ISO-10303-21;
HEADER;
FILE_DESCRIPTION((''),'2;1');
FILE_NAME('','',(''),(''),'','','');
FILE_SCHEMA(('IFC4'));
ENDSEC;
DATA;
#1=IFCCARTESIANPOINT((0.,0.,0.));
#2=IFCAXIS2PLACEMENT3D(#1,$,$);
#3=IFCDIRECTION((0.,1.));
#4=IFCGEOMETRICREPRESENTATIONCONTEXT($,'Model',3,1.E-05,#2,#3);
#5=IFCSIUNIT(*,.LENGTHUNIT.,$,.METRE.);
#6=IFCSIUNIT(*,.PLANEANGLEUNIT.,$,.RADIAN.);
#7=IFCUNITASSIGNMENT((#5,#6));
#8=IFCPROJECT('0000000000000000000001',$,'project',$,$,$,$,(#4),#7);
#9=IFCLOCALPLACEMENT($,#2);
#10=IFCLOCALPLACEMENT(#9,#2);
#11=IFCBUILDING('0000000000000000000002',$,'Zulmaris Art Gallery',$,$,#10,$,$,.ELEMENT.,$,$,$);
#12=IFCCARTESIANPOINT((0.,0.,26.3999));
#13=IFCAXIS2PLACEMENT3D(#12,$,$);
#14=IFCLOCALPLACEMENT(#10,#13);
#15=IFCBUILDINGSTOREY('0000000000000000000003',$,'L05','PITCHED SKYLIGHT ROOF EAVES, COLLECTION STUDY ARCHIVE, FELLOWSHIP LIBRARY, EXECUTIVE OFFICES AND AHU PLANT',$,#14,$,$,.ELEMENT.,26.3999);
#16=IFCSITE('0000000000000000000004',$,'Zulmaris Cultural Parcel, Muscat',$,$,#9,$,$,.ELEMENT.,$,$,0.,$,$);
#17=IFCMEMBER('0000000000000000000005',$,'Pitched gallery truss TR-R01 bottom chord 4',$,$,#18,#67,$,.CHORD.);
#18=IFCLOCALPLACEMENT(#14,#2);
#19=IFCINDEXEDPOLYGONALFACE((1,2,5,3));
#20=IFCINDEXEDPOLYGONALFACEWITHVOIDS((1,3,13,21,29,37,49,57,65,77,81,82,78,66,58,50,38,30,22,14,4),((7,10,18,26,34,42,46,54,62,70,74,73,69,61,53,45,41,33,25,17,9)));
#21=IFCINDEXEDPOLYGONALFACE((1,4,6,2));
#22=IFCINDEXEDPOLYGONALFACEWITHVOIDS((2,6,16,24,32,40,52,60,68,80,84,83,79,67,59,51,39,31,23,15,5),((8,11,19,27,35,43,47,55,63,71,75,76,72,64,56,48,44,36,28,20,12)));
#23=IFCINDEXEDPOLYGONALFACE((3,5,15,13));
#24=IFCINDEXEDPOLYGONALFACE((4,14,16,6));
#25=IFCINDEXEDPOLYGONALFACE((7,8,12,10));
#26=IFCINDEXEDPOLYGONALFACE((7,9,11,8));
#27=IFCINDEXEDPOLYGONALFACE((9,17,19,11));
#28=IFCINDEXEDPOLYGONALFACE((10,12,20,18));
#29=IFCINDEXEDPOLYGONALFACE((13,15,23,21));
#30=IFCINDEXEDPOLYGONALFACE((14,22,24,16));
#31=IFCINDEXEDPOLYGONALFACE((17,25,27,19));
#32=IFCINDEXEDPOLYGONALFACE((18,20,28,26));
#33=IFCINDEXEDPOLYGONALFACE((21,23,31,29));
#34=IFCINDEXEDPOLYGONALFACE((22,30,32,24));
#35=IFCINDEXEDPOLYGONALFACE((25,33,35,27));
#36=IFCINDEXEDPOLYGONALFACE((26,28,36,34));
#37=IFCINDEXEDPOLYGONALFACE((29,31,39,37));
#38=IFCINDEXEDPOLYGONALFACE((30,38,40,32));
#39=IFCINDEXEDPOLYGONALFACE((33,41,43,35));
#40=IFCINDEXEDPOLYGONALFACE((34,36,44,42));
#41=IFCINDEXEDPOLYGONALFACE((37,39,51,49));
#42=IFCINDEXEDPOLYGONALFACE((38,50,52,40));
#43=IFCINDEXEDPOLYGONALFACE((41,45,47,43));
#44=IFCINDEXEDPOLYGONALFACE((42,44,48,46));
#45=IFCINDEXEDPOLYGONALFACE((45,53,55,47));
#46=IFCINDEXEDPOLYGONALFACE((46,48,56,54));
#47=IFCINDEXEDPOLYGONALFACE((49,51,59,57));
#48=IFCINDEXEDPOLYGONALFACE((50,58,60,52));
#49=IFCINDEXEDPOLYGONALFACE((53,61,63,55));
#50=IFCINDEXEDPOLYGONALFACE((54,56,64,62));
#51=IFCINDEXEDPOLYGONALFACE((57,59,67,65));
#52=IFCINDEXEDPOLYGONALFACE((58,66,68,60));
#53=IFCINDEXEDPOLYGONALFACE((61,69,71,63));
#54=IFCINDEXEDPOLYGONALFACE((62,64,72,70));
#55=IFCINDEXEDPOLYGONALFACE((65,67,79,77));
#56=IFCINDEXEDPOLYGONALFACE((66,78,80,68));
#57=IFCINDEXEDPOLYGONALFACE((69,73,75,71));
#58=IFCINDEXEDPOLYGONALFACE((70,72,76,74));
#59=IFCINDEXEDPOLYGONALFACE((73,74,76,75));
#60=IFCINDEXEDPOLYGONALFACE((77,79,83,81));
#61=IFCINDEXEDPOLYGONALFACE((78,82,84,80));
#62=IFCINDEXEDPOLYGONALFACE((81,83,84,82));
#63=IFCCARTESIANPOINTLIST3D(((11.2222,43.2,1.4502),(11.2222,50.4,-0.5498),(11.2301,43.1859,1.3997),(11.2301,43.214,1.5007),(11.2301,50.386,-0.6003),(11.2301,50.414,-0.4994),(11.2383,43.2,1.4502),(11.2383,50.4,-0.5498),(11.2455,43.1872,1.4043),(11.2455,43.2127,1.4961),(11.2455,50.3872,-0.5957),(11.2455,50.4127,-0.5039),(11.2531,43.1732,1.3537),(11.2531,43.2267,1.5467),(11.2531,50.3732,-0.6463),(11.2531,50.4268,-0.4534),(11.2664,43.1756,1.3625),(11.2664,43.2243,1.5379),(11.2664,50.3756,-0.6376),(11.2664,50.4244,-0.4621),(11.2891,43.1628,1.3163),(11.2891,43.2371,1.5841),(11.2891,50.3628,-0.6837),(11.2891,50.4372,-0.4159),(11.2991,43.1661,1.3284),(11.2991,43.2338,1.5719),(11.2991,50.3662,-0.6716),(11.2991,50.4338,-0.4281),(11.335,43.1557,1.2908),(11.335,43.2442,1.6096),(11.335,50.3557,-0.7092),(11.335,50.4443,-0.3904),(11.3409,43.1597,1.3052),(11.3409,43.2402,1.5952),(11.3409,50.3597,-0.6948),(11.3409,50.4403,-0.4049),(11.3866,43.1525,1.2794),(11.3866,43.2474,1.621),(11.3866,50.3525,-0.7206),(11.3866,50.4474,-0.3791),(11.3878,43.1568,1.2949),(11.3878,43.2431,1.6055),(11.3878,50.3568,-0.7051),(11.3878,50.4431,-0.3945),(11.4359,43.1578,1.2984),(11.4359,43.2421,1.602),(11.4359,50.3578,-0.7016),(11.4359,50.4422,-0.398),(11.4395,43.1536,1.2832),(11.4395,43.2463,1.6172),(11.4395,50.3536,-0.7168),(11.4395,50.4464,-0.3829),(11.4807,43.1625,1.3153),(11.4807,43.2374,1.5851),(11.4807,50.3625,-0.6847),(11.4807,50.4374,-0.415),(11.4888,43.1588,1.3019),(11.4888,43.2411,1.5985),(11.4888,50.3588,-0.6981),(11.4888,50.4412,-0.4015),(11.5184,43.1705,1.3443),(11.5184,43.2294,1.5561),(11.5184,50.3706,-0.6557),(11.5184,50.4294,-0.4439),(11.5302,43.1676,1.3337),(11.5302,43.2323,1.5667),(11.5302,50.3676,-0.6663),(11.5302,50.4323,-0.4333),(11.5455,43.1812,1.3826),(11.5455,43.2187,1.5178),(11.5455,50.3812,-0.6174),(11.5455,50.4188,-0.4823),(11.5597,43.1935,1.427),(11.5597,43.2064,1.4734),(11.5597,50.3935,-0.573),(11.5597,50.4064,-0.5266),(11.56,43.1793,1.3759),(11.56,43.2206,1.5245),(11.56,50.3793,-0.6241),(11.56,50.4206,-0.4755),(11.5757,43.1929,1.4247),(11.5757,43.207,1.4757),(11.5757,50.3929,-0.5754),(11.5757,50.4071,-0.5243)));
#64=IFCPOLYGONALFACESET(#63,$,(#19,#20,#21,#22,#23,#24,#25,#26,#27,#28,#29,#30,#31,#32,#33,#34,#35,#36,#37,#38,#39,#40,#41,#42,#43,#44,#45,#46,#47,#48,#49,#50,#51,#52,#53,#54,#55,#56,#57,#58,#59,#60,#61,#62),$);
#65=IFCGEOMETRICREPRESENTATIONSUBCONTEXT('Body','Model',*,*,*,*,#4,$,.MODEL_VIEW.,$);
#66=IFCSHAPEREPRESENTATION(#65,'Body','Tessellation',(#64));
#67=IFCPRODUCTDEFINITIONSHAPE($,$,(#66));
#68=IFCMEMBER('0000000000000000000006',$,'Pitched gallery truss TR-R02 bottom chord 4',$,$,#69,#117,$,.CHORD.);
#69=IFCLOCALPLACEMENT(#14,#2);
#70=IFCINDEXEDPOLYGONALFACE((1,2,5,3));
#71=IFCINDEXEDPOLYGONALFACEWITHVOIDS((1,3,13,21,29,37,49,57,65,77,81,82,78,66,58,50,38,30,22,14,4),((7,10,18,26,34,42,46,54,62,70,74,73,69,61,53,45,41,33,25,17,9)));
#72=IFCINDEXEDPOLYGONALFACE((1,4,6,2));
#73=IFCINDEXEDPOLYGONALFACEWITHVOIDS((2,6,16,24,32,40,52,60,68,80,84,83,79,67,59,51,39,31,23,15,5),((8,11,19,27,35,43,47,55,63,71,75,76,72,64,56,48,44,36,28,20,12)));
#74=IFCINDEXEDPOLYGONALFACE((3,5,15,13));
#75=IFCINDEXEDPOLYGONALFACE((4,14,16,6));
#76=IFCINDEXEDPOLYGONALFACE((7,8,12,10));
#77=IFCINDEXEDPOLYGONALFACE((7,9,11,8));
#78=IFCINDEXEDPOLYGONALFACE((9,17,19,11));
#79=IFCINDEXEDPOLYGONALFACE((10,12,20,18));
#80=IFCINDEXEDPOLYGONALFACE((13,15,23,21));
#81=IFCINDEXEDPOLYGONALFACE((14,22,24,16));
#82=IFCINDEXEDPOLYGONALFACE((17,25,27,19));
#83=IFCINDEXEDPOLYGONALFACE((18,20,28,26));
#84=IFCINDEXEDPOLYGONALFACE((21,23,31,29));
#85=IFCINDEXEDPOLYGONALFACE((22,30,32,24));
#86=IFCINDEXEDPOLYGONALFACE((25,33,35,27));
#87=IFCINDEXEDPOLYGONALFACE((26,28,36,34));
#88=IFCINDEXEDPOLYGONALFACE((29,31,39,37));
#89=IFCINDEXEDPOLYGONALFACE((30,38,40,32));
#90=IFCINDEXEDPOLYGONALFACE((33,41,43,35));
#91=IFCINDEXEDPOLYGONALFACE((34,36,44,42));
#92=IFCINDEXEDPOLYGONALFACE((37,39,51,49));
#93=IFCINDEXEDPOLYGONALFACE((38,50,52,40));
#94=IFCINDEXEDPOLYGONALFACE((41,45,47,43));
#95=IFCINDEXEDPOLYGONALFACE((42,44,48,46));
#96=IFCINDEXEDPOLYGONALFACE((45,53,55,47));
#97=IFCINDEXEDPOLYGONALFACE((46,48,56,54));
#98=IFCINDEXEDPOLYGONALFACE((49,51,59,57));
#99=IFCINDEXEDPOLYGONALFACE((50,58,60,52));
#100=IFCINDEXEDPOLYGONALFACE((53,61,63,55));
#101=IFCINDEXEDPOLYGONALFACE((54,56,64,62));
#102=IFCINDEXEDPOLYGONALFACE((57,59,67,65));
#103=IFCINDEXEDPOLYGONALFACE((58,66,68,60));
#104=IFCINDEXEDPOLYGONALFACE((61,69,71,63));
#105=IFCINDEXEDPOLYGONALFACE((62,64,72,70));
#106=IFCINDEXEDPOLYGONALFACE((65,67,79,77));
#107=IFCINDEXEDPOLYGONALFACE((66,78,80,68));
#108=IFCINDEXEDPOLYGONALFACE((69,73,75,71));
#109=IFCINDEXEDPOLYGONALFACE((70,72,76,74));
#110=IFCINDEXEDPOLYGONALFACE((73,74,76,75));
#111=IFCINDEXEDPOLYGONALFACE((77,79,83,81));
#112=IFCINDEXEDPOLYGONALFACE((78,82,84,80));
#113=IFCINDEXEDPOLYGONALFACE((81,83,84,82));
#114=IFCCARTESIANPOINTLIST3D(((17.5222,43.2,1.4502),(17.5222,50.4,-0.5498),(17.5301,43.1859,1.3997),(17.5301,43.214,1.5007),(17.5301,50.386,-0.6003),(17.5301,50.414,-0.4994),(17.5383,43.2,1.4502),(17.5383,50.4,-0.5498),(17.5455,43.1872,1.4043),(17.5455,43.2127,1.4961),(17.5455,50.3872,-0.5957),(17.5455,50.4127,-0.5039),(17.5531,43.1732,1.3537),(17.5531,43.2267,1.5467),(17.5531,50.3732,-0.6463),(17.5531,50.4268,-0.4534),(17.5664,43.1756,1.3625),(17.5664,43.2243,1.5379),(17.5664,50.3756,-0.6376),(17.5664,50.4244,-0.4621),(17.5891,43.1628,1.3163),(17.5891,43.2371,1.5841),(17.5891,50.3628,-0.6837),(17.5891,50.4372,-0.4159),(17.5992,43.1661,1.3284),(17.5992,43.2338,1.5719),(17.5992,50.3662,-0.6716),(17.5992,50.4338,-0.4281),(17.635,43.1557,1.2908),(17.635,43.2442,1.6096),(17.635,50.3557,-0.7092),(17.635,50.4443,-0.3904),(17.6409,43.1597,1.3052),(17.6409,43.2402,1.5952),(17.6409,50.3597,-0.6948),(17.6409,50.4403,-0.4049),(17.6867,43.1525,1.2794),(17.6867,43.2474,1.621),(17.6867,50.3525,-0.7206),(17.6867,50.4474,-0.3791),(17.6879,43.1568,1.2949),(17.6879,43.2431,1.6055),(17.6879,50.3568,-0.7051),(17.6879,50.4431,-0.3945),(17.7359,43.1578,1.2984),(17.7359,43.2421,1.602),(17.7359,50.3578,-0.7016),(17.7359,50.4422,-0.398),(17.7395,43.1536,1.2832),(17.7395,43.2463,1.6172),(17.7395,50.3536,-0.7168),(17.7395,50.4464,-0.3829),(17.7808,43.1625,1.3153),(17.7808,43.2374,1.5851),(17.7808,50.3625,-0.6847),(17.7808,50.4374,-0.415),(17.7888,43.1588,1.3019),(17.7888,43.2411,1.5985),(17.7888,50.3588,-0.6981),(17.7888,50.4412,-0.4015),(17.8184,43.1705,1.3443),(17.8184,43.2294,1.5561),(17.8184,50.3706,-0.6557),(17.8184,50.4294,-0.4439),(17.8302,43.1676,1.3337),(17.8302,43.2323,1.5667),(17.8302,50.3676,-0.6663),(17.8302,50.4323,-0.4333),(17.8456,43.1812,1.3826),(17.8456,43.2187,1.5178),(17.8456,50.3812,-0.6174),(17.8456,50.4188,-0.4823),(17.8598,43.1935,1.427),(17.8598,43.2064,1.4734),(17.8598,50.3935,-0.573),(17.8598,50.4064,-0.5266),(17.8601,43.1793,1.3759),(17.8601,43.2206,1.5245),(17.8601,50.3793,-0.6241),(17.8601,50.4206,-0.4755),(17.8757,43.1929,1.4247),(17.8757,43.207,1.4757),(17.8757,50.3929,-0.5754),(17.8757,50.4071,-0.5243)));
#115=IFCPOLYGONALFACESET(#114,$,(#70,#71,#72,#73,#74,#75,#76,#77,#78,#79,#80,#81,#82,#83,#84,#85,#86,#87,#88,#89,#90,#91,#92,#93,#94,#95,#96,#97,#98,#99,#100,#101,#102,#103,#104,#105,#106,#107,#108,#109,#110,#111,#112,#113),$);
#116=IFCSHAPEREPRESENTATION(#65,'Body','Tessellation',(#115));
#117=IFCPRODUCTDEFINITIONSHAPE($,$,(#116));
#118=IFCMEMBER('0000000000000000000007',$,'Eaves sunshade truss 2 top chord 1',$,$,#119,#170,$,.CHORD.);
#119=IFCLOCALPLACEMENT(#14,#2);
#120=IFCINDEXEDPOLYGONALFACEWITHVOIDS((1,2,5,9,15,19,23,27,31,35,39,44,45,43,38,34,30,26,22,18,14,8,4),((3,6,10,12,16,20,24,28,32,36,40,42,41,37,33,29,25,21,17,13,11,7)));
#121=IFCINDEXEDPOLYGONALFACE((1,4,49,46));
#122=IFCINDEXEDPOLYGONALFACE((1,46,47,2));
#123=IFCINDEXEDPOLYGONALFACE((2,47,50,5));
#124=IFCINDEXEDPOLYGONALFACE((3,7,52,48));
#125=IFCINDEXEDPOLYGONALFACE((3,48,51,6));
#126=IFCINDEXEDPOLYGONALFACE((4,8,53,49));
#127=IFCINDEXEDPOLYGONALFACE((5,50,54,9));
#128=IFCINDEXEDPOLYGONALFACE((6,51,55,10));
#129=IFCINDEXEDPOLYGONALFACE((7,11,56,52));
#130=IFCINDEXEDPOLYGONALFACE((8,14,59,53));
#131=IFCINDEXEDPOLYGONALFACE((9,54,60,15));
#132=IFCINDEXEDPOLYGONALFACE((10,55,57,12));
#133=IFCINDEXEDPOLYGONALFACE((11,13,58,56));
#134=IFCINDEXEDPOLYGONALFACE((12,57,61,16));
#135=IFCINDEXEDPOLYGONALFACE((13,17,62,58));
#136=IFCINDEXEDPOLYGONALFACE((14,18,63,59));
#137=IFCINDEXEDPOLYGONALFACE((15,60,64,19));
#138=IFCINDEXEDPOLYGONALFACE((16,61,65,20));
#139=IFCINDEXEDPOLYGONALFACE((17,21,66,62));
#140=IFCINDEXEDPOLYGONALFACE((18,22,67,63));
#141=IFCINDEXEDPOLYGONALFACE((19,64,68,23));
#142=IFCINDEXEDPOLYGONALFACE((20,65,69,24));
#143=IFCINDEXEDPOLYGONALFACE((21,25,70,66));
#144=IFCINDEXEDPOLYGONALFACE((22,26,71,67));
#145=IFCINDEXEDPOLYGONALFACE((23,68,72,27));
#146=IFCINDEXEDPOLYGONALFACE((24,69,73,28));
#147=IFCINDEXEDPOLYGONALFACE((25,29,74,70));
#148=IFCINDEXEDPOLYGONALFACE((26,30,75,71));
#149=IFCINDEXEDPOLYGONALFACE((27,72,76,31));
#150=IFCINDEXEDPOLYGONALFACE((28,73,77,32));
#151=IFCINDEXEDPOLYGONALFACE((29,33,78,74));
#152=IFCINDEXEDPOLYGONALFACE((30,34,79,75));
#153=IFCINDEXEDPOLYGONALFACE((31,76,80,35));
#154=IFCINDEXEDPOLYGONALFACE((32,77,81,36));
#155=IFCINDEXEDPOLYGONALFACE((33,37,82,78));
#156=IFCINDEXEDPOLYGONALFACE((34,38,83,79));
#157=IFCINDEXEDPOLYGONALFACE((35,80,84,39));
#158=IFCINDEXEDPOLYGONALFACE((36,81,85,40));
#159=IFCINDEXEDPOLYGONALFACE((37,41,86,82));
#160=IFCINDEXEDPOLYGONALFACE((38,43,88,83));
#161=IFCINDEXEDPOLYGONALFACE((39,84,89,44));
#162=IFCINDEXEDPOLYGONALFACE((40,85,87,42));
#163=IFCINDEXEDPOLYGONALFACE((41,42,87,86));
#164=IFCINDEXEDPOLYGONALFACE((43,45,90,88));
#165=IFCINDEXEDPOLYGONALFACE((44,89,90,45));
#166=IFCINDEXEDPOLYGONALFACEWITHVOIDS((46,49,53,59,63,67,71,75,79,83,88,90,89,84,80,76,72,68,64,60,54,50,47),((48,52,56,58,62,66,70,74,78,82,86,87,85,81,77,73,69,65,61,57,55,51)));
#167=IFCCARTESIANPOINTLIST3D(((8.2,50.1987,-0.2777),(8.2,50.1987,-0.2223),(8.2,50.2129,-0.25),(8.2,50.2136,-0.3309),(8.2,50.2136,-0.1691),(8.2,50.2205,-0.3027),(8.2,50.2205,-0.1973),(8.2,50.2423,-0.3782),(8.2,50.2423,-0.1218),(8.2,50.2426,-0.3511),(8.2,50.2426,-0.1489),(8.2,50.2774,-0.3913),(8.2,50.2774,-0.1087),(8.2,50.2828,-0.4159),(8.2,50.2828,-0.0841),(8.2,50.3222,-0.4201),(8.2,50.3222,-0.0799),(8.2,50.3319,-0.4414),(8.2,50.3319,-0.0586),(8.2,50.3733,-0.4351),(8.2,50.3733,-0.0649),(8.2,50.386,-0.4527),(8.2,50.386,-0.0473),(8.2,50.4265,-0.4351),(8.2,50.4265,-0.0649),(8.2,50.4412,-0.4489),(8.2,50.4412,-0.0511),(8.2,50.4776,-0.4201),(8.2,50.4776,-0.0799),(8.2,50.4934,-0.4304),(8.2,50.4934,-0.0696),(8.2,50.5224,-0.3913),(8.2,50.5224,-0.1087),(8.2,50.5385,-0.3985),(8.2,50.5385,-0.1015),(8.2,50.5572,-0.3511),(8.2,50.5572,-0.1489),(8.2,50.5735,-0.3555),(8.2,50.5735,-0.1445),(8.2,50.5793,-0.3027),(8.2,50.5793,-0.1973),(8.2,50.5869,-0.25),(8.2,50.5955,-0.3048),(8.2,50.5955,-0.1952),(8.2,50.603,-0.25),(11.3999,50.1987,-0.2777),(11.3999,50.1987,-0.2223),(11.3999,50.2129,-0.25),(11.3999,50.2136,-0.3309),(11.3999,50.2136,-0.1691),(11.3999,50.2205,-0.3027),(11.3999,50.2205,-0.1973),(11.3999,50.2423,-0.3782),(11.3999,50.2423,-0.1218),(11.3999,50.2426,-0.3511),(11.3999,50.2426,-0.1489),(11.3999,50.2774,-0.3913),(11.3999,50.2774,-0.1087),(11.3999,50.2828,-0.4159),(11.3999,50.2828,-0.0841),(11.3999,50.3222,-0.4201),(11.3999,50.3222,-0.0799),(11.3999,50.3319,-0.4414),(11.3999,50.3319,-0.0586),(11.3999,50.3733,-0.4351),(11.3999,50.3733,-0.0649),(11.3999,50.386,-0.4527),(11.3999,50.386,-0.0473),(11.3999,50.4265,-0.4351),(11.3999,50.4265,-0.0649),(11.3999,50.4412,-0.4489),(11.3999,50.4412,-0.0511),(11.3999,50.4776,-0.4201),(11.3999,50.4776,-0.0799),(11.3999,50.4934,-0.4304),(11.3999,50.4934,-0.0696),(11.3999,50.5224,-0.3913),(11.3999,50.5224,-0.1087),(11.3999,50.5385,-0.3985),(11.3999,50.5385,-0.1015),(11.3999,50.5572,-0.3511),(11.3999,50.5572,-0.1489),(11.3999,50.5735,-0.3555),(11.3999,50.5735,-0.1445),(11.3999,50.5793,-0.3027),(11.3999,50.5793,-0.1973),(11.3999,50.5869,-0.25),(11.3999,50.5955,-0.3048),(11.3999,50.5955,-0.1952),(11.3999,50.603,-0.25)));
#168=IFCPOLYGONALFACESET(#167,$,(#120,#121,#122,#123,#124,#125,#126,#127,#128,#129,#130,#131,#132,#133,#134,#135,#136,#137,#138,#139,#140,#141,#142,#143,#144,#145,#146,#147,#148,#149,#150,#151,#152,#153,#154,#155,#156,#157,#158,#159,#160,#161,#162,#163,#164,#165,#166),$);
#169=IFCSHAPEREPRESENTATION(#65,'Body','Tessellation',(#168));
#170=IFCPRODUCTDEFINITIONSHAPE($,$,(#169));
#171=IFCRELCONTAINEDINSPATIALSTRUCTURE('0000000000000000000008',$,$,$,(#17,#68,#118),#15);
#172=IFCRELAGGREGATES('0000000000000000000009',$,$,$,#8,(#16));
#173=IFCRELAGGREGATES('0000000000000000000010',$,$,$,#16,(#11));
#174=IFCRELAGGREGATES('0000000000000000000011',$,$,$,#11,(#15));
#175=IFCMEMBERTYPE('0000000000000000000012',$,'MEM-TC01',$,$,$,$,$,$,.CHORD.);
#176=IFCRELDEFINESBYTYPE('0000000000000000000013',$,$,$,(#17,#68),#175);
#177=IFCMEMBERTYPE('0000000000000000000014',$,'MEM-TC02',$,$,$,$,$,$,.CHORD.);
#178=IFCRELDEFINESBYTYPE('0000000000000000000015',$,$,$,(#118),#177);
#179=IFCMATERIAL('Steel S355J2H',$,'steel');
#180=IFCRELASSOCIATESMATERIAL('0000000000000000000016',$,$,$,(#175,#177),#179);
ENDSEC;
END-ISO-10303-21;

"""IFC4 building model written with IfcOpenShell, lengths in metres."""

from ifc_helpers import new_model, si_unit, direction, frame, origin, origin_2d, place, context, subcontext, project, spatial, hollow_circle, extrude, material, material_profile, profile_set, type_object, element, save


model = new_model("IFC4")

# Units and contexts
model_context = context("Model", 3, precision=1e-05, world=origin(), true_north=direction((0.0, 1.0)))
body_context = subcontext(model_context, "Body", "Model", "MODEL_VIEW")
ifc_project = project(units=[si_unit("LENGTHUNIT", "METRE"), si_unit("PLANEANGLEUNIT", "RADIAN")], contexts=[model_context])

# Site, building, storey
site_placement = place(None, origin())
site = spatial("IfcSite", under=ifc_project, at=site_placement, Name="Zulmaris Cultural Parcel, Muscat", CompositionType="ELEMENT", RefElevation=0.0)
building_placement = place(site_placement, origin())
building = spatial("IfcBuilding", under=site, at=building_placement, Name="Zulmaris Art Gallery", CompositionType="ELEMENT")
storey_placement = place(building_placement, frame((0.0, 0.0, 26.3999)))
storey = spatial("IfcBuildingStorey", under=building, at=storey_placement, Name="L05", Description="PITCHED SKYLIGHT ROOF EAVES, COLLECTION STUDY ARCHIVE, FELLOWSHIP LIBRARY, EXECUTIVE OFFICES AND AHU PLANT", CompositionType="ELEMENT", Elevation=26.3999)

# Members
ifc_material_1 = material(Name="Steel S355J2H", Category="steel")
ifc_material_profile_1 = material_profile(ifc_material_1, hollow_circle(Radius=0.1777, WallThickness=0.0161, at=origin_2d()), Name="CHS 355.6x16")
ifc_profile_set_1 = profile_set([ifc_material_profile_1], Name="Steel S355J2H")
member_type_1 = type_object("IfcMemberType", Name="MEM-TC01", PredefinedType="CHORD", material=ifc_profile_set_1)
for number, where, z_axis, x_axis, name in (
    (1, (11.3999, 43.2, 1.4502), (0.0, 0.963517, -0.267646), (-1.0, 0.0, 0.0), "Pitched gallery truss TR-R01 bottom chord 4"),
    (2, (17.7, 43.2, 1.4502), (0.0, 0.963517, -0.267646), (-1.0, 0.0, 0.0), "Pitched gallery truss TR-R02 bottom chord 4"),
):
    element("IfcMember", number, at=place(storey_placement, frame(where, z_axis=z_axis, x_axis=x_axis)), inside=storey, type_object=member_type_1, Name=name, PredefinedType="CHORD", context=body_context, shape_type="SweptSolid", body=[
        extrude(hollow_circle(Radius=0.1777, WallThickness=0.0161, at=origin_2d()), origin(), (0.0, 0.0, 1.0), 7.4727),
    ])
ifc_material_profile_2 = material_profile(ifc_material_1, hollow_circle(Radius=0.2031, WallThickness=0.0161, at=origin_2d()), Name="CHS 406.4x16")
ifc_profile_set_2 = profile_set([ifc_material_profile_2], Name="Steel S355J2H")
member_type_2 = type_object("IfcMemberType", Name="MEM-TC02", PredefinedType="CHORD", material=ifc_profile_set_2)
member_1_placement = place(storey_placement, frame((8.2, 50.3999, -0.25), z_axis=(1.0, 0.0, 0.0), x_axis=(0.0, 1.0, 0.0)))
element("IfcMember", 3, at=member_1_placement, inside=storey, type_object=member_type_2, Name="Eaves sunshade truss 2 top chord 1", PredefinedType="CHORD", context=body_context, shape_type="SweptSolid", body=[
    extrude(hollow_circle(Radius=0.2031, WallThickness=0.0161, at=origin_2d()), origin(), (0.0, 0.0, 1.0), 3.2),
])

save(model, "model.ifc")
